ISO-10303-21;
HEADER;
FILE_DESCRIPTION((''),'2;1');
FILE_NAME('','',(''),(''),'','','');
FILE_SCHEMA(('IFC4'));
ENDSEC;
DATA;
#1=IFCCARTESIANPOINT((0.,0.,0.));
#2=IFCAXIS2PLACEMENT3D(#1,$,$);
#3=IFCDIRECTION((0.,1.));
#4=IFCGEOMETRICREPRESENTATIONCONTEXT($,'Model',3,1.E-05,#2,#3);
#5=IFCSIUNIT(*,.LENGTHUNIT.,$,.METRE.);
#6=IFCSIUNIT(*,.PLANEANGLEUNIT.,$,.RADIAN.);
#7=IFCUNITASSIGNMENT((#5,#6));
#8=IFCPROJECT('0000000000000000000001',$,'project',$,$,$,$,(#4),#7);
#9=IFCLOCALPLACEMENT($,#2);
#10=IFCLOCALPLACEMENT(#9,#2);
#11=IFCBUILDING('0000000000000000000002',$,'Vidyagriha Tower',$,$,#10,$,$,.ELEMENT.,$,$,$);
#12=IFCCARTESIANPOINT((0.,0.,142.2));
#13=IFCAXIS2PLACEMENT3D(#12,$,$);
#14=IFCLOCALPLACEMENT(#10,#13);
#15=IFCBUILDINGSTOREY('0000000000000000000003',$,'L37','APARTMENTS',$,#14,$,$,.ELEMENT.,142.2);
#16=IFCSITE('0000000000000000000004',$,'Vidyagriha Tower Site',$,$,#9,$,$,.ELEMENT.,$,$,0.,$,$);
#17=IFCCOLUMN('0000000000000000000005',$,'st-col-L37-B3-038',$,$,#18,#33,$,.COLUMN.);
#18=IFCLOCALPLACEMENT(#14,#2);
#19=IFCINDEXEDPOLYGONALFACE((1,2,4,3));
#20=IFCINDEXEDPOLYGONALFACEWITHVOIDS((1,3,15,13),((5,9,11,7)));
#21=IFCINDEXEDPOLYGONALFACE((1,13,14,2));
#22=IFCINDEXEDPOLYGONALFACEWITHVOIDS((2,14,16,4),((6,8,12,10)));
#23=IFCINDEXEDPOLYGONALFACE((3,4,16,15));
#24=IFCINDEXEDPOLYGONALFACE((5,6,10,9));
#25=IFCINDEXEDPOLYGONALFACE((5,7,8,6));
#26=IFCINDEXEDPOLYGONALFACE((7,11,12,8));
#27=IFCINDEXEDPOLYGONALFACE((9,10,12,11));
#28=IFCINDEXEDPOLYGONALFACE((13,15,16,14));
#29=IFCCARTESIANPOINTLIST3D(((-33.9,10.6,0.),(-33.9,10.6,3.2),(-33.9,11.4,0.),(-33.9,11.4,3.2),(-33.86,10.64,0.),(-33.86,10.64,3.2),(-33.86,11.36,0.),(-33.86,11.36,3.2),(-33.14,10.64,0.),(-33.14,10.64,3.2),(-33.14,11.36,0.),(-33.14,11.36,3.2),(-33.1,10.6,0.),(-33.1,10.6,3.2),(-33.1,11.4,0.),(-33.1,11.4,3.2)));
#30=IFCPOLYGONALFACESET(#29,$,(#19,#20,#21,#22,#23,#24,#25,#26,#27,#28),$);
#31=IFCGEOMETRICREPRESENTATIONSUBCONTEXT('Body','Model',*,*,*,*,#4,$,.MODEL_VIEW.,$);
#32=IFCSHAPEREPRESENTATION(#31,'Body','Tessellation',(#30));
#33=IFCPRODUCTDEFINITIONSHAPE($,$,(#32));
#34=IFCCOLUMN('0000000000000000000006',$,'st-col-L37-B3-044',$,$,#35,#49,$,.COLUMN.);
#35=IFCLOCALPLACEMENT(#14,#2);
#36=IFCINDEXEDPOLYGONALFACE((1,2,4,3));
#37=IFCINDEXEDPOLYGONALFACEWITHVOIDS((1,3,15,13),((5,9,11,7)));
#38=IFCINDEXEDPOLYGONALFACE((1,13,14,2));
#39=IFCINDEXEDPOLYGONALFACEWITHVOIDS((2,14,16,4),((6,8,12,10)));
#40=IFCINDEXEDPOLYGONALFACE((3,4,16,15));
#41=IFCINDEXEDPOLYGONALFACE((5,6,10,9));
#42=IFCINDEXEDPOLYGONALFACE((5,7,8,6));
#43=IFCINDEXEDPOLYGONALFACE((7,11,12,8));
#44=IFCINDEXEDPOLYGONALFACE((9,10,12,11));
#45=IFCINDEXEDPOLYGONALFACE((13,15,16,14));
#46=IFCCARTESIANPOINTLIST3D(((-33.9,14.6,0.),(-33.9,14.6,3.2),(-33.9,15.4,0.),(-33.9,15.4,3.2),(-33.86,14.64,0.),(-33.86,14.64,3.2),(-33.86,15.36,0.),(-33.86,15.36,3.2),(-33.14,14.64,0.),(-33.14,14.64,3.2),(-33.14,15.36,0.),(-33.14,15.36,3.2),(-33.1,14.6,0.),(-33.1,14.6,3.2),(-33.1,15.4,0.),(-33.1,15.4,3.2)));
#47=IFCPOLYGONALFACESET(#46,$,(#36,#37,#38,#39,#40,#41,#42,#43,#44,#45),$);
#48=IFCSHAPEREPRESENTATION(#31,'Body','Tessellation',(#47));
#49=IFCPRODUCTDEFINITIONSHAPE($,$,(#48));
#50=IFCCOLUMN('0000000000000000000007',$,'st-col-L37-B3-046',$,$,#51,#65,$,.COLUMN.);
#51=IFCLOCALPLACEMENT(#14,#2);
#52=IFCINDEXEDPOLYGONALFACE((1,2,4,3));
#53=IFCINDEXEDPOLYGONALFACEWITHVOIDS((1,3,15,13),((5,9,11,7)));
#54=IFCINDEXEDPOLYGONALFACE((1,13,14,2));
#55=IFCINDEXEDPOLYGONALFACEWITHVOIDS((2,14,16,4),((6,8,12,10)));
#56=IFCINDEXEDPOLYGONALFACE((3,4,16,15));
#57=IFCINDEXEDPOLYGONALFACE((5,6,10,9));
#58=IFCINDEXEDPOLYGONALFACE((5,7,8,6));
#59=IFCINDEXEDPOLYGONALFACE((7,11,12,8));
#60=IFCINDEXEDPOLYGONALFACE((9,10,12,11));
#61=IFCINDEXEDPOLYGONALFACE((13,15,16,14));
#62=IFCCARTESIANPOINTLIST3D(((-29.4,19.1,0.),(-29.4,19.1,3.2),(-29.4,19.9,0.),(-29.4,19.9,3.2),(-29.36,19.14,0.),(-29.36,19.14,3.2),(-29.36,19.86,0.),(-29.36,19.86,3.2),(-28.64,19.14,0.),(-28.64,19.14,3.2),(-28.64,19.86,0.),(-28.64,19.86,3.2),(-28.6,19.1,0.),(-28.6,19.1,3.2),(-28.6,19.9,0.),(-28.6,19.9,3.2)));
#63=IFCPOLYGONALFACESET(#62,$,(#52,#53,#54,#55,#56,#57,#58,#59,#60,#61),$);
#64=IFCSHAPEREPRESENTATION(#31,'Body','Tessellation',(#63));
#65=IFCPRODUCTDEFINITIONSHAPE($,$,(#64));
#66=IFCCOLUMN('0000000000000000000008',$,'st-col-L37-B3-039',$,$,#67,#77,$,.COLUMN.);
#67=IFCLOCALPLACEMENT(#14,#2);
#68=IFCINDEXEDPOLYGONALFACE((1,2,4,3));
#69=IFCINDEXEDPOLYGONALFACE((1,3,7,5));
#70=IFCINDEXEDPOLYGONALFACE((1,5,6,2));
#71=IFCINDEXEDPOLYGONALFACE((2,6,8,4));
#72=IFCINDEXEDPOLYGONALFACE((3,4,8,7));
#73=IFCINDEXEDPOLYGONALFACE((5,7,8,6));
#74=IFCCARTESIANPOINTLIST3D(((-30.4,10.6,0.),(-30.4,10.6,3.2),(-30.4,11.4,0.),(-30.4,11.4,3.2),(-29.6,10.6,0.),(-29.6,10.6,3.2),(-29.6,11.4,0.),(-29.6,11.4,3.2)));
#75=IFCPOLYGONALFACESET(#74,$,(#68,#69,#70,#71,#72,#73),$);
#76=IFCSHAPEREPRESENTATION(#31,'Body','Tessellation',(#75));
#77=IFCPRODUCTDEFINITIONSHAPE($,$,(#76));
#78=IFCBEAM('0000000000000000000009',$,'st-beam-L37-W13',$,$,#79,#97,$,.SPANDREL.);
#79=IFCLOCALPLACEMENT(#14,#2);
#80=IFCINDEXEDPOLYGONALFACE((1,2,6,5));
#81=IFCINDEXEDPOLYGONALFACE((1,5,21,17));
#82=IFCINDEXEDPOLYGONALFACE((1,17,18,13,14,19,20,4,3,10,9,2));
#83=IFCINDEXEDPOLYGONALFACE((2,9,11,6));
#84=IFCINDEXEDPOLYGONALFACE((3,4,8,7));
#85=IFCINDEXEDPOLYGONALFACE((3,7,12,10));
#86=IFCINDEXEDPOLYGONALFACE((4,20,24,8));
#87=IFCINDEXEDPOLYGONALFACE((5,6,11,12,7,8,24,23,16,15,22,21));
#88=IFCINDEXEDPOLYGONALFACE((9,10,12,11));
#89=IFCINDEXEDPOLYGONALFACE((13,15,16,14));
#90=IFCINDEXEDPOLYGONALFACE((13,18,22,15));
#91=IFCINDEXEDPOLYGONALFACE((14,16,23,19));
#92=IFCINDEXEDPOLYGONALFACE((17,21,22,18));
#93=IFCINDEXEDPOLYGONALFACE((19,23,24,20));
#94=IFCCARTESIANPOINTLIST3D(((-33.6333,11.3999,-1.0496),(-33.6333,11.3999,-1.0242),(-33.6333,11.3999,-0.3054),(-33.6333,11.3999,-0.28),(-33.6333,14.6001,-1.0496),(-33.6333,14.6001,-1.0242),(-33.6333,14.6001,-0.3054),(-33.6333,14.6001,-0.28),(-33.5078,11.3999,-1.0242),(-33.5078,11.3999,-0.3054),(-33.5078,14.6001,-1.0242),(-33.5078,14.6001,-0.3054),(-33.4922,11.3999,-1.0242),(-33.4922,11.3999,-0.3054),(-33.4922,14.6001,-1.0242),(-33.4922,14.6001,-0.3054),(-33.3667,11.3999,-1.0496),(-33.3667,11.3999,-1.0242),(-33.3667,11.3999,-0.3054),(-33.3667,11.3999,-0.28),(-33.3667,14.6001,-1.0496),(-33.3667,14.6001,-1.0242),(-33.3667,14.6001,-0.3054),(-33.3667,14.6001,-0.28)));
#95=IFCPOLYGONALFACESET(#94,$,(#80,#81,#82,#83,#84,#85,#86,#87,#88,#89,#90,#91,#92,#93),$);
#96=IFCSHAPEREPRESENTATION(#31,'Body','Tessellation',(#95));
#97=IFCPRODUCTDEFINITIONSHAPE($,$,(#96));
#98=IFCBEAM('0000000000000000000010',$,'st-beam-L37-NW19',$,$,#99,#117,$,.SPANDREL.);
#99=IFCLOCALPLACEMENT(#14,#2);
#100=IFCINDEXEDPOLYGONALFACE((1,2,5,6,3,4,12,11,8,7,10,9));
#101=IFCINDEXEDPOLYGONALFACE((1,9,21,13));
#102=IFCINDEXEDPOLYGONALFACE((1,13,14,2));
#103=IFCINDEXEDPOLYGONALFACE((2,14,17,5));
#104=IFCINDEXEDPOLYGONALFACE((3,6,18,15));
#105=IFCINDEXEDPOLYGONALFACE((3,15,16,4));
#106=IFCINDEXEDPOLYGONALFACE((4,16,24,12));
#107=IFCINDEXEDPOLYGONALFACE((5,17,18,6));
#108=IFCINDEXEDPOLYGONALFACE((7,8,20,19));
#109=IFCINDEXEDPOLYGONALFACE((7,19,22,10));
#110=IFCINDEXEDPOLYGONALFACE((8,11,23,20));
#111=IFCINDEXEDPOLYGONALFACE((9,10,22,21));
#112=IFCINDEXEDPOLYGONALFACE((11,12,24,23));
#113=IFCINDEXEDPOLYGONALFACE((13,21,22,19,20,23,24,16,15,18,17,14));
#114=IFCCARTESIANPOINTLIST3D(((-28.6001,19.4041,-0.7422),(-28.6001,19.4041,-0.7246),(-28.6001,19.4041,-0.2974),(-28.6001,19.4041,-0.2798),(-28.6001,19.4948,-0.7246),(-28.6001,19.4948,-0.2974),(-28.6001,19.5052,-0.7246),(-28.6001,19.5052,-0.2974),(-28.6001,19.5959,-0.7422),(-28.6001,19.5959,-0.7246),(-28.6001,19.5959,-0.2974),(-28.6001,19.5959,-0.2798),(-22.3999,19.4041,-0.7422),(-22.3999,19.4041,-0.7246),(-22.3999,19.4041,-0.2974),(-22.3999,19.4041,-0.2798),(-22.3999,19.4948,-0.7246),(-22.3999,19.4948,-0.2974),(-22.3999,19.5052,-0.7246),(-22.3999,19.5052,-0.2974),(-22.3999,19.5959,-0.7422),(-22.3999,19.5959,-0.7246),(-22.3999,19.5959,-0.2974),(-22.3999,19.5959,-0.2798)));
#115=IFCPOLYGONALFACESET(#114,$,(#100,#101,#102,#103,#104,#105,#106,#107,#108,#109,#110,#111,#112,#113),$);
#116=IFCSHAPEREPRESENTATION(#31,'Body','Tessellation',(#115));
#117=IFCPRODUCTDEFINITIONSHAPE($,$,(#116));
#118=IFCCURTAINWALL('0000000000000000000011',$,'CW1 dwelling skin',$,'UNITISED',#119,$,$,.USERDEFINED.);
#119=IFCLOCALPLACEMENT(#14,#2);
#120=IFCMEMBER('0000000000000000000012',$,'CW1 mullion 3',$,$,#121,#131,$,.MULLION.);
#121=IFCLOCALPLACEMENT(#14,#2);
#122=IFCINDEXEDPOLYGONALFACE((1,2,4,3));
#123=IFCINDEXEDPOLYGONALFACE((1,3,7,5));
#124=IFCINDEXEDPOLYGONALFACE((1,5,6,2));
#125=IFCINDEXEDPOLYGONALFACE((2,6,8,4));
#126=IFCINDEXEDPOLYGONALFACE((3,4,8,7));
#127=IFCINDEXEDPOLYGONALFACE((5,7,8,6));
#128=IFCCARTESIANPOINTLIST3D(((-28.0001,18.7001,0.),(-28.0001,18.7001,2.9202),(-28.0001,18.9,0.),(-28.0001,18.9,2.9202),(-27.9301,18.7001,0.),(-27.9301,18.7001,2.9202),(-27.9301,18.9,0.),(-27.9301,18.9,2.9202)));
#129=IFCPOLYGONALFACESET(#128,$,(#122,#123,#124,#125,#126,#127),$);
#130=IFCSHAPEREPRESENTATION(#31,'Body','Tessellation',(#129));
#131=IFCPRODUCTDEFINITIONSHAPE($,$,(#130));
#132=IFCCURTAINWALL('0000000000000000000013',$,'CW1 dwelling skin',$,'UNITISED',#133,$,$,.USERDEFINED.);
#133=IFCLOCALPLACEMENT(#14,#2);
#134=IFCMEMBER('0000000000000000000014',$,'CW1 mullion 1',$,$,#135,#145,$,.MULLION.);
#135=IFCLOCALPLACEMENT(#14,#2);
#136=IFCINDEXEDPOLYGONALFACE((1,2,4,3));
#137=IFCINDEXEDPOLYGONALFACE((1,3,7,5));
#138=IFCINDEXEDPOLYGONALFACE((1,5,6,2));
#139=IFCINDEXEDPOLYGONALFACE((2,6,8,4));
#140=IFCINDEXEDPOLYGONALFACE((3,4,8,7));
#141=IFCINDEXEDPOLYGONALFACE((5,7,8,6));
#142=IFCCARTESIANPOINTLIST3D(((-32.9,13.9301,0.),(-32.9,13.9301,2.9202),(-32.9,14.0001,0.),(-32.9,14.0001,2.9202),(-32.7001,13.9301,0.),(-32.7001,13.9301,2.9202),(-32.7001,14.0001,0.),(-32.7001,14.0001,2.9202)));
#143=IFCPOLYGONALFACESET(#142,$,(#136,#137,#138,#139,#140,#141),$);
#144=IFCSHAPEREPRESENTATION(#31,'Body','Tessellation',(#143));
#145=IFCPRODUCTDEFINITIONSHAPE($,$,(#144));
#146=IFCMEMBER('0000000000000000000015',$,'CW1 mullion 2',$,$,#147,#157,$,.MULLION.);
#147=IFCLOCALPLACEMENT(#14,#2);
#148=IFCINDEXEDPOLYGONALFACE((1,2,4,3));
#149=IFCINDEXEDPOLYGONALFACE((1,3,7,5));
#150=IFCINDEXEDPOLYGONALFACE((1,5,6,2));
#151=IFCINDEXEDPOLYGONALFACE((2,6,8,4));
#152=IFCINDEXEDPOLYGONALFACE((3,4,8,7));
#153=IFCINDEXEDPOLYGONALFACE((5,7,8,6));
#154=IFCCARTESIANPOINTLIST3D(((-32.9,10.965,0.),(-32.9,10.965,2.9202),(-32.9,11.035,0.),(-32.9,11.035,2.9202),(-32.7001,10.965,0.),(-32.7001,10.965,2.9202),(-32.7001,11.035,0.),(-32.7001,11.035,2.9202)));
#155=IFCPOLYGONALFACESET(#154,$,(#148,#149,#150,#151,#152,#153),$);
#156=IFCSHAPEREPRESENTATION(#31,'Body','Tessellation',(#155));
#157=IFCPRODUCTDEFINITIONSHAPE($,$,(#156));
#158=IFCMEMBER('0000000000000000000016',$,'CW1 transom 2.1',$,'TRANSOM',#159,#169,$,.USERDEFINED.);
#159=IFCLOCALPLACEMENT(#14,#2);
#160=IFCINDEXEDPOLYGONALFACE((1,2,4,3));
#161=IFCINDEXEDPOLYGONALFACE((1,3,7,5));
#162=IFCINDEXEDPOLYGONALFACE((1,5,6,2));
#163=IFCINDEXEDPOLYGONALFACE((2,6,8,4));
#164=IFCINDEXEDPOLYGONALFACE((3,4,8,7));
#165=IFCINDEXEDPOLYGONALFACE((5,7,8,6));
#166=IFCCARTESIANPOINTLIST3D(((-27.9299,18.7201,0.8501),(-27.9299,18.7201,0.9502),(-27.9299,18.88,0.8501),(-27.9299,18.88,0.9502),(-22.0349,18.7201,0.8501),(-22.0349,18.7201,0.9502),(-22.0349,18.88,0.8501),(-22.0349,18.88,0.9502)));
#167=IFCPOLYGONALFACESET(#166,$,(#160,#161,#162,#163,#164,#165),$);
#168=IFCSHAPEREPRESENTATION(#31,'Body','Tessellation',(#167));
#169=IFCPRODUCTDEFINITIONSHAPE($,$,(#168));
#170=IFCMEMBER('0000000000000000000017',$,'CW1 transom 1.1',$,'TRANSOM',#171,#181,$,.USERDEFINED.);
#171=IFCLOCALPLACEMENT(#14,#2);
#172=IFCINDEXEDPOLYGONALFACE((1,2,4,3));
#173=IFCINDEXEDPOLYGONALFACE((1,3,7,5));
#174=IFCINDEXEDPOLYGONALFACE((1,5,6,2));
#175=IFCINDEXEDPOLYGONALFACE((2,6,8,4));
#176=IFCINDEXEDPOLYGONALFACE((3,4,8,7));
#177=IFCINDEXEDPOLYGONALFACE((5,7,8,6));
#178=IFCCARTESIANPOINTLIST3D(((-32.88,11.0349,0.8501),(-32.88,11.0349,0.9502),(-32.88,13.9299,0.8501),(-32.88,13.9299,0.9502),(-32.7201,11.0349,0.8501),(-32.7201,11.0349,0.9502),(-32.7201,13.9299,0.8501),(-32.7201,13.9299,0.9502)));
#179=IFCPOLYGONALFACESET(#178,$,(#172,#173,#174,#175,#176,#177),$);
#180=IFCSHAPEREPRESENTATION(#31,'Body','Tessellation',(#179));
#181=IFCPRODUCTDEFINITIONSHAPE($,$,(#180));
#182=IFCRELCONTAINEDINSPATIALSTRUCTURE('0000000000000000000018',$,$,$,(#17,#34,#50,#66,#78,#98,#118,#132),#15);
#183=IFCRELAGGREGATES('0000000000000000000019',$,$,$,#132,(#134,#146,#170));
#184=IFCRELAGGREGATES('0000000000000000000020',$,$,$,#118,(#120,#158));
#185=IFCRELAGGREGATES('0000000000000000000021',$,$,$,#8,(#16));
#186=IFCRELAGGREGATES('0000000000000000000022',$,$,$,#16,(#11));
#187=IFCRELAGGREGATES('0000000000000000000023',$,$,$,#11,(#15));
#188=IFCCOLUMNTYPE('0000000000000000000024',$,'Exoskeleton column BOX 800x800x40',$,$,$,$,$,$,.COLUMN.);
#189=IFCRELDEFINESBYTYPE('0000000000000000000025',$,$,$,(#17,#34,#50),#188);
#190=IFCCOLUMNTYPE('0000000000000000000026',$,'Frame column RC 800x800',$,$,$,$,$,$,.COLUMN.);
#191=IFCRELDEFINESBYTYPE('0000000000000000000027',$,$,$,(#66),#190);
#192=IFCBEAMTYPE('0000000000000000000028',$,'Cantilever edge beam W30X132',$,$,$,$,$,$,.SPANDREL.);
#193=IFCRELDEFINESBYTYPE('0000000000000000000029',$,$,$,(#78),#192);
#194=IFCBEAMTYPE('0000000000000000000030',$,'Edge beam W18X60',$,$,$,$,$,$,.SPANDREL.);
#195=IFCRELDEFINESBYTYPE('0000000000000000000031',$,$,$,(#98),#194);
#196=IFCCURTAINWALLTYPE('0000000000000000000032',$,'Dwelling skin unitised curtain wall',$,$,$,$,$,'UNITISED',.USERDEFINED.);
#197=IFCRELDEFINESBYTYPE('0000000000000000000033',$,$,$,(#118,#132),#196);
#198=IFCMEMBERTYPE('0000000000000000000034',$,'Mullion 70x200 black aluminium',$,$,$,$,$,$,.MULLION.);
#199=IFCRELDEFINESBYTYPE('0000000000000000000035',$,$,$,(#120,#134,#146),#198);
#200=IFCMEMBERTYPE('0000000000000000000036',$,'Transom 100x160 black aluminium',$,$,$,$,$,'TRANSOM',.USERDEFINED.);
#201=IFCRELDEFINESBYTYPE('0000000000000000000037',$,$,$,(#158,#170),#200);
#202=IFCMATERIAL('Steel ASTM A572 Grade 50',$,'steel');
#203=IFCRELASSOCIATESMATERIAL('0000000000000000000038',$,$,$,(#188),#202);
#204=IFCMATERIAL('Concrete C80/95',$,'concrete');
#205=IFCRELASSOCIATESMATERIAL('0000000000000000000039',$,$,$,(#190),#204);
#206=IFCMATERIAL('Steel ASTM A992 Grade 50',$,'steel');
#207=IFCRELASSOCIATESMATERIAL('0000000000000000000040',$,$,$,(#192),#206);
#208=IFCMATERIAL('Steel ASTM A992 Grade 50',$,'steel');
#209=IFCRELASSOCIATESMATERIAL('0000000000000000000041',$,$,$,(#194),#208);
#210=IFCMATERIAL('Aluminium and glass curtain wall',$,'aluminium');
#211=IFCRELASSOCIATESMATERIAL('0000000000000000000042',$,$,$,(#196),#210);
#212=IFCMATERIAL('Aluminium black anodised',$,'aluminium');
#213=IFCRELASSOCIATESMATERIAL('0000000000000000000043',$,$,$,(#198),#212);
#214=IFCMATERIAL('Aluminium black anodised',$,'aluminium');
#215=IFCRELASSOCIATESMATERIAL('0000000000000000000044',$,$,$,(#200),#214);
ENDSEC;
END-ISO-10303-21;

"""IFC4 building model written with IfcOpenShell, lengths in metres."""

from ifc_helpers import new_model, si_unit, direction, frame, origin, origin_2d, place, context, subcontext, project, spatial, rectangle, hollow_rectangle, i_section, extrude, material, material_profile, profile_set, type_object, element, aggregate, save


model = new_model("IFC4")

# Units and contexts
model_context = context("Model", 3, precision=1e-05, world=origin(), true_north=direction((0.0, 1.0)))
body_context = subcontext(model_context, "Body", "Model", "MODEL_VIEW")
ifc_project = project(units=[si_unit("LENGTHUNIT", "METRE"), si_unit("PLANEANGLEUNIT", "RADIAN")], contexts=[model_context])

# Site, building, storey
site_placement = place(None, origin())
site = spatial("IfcSite", under=ifc_project, at=site_placement, Name="Vidyagriha Tower Site", CompositionType="ELEMENT", RefElevation=0.0)
building_placement = place(site_placement, origin())
building = spatial("IfcBuilding", under=site, at=building_placement, Name="Vidyagriha Tower", CompositionType="ELEMENT")
storey_placement = place(building_placement, frame((0.0, 0.0, 142.2)))
storey = spatial("IfcBuildingStorey", under=building, at=storey_placement, Name="L37", Description="APARTMENTS", CompositionType="ELEMENT", Elevation=142.2)

# Columns
ifc_material_1 = material(Name="Steel ASTM A572 Grade 50", Category="steel")
ifc_material_profile_1 = material_profile(ifc_material_1, hollow_rectangle(XDim=0.8, YDim=0.8, WallThickness=0.04, at=origin_2d()), Name="BOX 800x800x40")
ifc_profile_set_1 = profile_set([ifc_material_profile_1], Name="Steel ASTM A572 Grade 50")
column_type_1 = type_object("IfcColumnType", Name="Exoskeleton column BOX 800x800x40", PredefinedType="COLUMN", material=ifc_profile_set_1)
for number, where, name in (
    (1, (-33.5, 11.0, 0.0), "st-col-L37-B3-038"),
    (2, (-33.5, 15.0, 0.0), "st-col-L37-B3-044"),
    (3, (-29.0, 19.5, 0.0), "st-col-L37-B3-046"),
):
    element("IfcColumn", number, at=place(storey_placement, frame(where)), inside=storey, type_object=column_type_1, Name=name, PredefinedType="COLUMN", context=body_context, shape_type="SweptSolid", body=[
        extrude(hollow_rectangle(XDim=0.8, YDim=0.8, WallThickness=0.04, at=origin_2d()), origin(), (0.0, 0.0, 1.0), 3.2),
    ])
ifc_material_2 = material(Name="Concrete C80/95", Category="concrete")
ifc_material_profile_2 = material_profile(ifc_material_2, rectangle(XDim=0.8, YDim=0.8, at=origin_2d()), Name="RC 800x800")
ifc_profile_set_2 = profile_set([ifc_material_profile_2], Name="Concrete C80/95")
column_type_2 = type_object("IfcColumnType", Name="Frame column RC 800x800", PredefinedType="COLUMN", material=ifc_profile_set_2)
column_placement = place(storey_placement, frame((-30.0, 11.0, 0.0)))
element("IfcColumn", 4, at=column_placement, inside=storey, type_object=column_type_2, Name="st-col-L37-B3-039", PredefinedType="COLUMN", context=body_context, shape_type="SweptSolid", body=[
    extrude(rectangle(XDim=0.8, YDim=0.8, at=origin_2d()), origin(), (0.0, 0.0, 1.0), 3.2),
])

# Beams
ifc_material_3 = material(Name="Steel ASTM A992 Grade 50", Category="steel")
ifc_material_profile_3 = material_profile(ifc_material_3, i_section(OverallWidth=0.2666, OverallDepth=0.7695, WebThickness=0.0156, FlangeThickness=0.0254, at=origin_2d()), Name="W30X132")
ifc_profile_set_3 = profile_set([ifc_material_profile_3], Name="Steel ASTM A992 Grade 50")
beam_type_1 = type_object("IfcBeamType", Name="Cantilever edge beam W30X132", PredefinedType="SPANDREL", material=ifc_profile_set_3)
beam_1_placement = place(storey_placement, frame((-33.5, 11.3999, -0.6648), z_axis=(0.0, 1.0, 0.0), x_axis=(-1.0, 0.0, 0.0)))
element("IfcBeam", 5, at=beam_1_placement, inside=storey, type_object=beam_type_1, Name="st-beam-L37-W13", PredefinedType="SPANDREL", context=body_context, shape_type="SweptSolid", body=[
    extrude(i_section(OverallWidth=0.2666, OverallDepth=0.7695, WebThickness=0.0156, FlangeThickness=0.0254, at=origin_2d()), origin(), (0.0, 0.0, 1.0), 3.2002),
])
ifc_material_4 = material(Name="Steel ASTM A992 Grade 50", Category="steel")
ifc_material_profile_4 = material_profile(ifc_material_4, i_section(OverallWidth=0.1919, OverallDepth=0.4624, WebThickness=0.0105, FlangeThickness=0.0176, at=origin_2d()), Name="W18X60")
ifc_profile_set_4 = profile_set([ifc_material_profile_4], Name="Steel ASTM A992 Grade 50")
beam_type_2 = type_object("IfcBeamType", Name="Edge beam W18X60", PredefinedType="SPANDREL", material=ifc_profile_set_4)
beam_2_placement = place(storey_placement, frame((-28.6001, 19.5, -0.511), z_axis=(1.0, 0.0, 0.0), x_axis=(0.0, 1.0, 0.0)))
element("IfcBeam", 6, at=beam_2_placement, inside=storey, type_object=beam_type_2, Name="st-beam-L37-NW19", PredefinedType="SPANDREL", context=body_context, shape_type="SweptSolid", body=[
    extrude(i_section(OverallWidth=0.1919, OverallDepth=0.4624, WebThickness=0.0105, FlangeThickness=0.0176, at=origin_2d()), origin(), (0.0, 0.0, 1.0), 6.2002),
])

# Curtain wall, member
ifc_material_5 = material(Name="Aluminium and glass curtain wall", Category="aluminium")
curtain_wall_type = type_object("IfcCurtainWallType", Name="Dwelling skin unitised curtain wall", ElementType="UNITISED", PredefinedType="USERDEFINED", material=ifc_material_5)
curtain_wall_1_placement = place(storey_placement, origin())
curtain_wall_1 = element("IfcCurtainWall", 7, at=curtain_wall_1_placement, inside=storey, type_object=curtain_wall_type, Name="CW1 dwelling skin", ObjectType="UNITISED", PredefinedType="USERDEFINED")
ifc_material_6 = material(Name="Aluminium black anodised", Category="aluminium")
ifc_material_profile_5 = material_profile(ifc_material_6, rectangle(XDim=0.2, YDim=0.0701, at=origin_2d()), Name="Mullion 70x200 black aluminium")
ifc_profile_set_5 = profile_set([ifc_material_profile_5], Name="Aluminium black anodised")
member_type_1 = type_object("IfcMemberType", Name="Mullion 70x200 black aluminium", PredefinedType="MULLION", material=ifc_profile_set_5)
member_1_placement = place(storey_placement, frame((-27.9651, 18.8, 0.0), z_axis=(0.0, 0.0, 1.0), x_axis=(0.0, -1.0, 0.0)))
member_1 = element("IfcMember", 8, at=member_1_placement, type_object=member_type_1, Name="CW1 mullion 3", PredefinedType="MULLION", context=body_context, shape_type="SweptSolid", body=[
    extrude(rectangle(XDim=0.2, YDim=0.0701, at=origin_2d()), origin(), (0.0, 0.0, 1.0), 2.9202),
])

# Curtain wall, members
curtain_wall_2_placement = place(storey_placement, origin())
curtain_wall_2 = element("IfcCurtainWall", 9, at=curtain_wall_2_placement, inside=storey, type_object=curtain_wall_type, Name="CW1 dwelling skin", ObjectType="UNITISED", PredefinedType="USERDEFINED")
member_2_placement = place(storey_placement, frame((-32.8, 13.9651, 0.0)))
member_2 = element("IfcMember", 10, at=member_2_placement, type_object=member_type_1, Name="CW1 mullion 1", PredefinedType="MULLION", context=body_context, shape_type="SweptSolid", body=[
    extrude(rectangle(XDim=0.2, YDim=0.0701, at=origin_2d()), origin(), (0.0, 0.0, 1.0), 2.9202),
])
member_3_placement = place(storey_placement, frame((-32.8, 11.0, 0.0)))
member_3 = element("IfcMember", 11, at=member_3_placement, type_object=member_type_1, Name="CW1 mullion 2", PredefinedType="MULLION", context=body_context, shape_type="SweptSolid", body=[
    extrude(rectangle(XDim=0.2, YDim=0.0701, at=origin_2d()), origin(), (0.0, 0.0, 1.0), 2.9202),
])

# Members
ifc_material_7 = material(Name="Aluminium black anodised", Category="aluminium")
ifc_material_profile_6 = material_profile(ifc_material_7, rectangle(XDim=0.1599, YDim=0.1001, at=origin_2d()), Name="Transom 100x160 black aluminium")
ifc_profile_set_6 = profile_set([ifc_material_profile_6], Name="Aluminium black anodised")
member_type_2 = type_object("IfcMemberType", Name="Transom 100x160 black aluminium", ElementType="TRANSOM", PredefinedType="USERDEFINED", material=ifc_profile_set_6)
member_4_placement = place(storey_placement, frame((-22.0349, 18.8, 0.9001), z_axis=(-1.0, 0.0, 0.0), x_axis=(0.0, -1.0, 0.0)))
member_4 = element("IfcMember", 12, at=member_4_placement, type_object=member_type_2, Name="CW1 transom 2.1", ObjectType="TRANSOM", PredefinedType="USERDEFINED", context=body_context, shape_type="SweptSolid", body=[
    extrude(rectangle(XDim=0.1599, YDim=0.1001, at=origin_2d()), origin(), (0.0, 0.0, 1.0), 5.895),
])
member_5_placement = place(storey_placement, frame((-32.8, 13.9299, 0.9001), z_axis=(0.0, -1.0, 0.0), x_axis=(1.0, 0.0, 0.0)))
member_5 = element("IfcMember", 13, at=member_5_placement, type_object=member_type_2, Name="CW1 transom 1.1", ObjectType="TRANSOM", PredefinedType="USERDEFINED", context=body_context, shape_type="SweptSolid", body=[
    extrude(rectangle(XDim=0.1599, YDim=0.1001, at=origin_2d()), origin(), (0.0, 0.0, 1.0), 2.895),
])

aggregate(curtain_wall_2, [member_2, member_3, member_5])
aggregate(curtain_wall_1, [member_1, member_4])

save(model, "model.ifc")
